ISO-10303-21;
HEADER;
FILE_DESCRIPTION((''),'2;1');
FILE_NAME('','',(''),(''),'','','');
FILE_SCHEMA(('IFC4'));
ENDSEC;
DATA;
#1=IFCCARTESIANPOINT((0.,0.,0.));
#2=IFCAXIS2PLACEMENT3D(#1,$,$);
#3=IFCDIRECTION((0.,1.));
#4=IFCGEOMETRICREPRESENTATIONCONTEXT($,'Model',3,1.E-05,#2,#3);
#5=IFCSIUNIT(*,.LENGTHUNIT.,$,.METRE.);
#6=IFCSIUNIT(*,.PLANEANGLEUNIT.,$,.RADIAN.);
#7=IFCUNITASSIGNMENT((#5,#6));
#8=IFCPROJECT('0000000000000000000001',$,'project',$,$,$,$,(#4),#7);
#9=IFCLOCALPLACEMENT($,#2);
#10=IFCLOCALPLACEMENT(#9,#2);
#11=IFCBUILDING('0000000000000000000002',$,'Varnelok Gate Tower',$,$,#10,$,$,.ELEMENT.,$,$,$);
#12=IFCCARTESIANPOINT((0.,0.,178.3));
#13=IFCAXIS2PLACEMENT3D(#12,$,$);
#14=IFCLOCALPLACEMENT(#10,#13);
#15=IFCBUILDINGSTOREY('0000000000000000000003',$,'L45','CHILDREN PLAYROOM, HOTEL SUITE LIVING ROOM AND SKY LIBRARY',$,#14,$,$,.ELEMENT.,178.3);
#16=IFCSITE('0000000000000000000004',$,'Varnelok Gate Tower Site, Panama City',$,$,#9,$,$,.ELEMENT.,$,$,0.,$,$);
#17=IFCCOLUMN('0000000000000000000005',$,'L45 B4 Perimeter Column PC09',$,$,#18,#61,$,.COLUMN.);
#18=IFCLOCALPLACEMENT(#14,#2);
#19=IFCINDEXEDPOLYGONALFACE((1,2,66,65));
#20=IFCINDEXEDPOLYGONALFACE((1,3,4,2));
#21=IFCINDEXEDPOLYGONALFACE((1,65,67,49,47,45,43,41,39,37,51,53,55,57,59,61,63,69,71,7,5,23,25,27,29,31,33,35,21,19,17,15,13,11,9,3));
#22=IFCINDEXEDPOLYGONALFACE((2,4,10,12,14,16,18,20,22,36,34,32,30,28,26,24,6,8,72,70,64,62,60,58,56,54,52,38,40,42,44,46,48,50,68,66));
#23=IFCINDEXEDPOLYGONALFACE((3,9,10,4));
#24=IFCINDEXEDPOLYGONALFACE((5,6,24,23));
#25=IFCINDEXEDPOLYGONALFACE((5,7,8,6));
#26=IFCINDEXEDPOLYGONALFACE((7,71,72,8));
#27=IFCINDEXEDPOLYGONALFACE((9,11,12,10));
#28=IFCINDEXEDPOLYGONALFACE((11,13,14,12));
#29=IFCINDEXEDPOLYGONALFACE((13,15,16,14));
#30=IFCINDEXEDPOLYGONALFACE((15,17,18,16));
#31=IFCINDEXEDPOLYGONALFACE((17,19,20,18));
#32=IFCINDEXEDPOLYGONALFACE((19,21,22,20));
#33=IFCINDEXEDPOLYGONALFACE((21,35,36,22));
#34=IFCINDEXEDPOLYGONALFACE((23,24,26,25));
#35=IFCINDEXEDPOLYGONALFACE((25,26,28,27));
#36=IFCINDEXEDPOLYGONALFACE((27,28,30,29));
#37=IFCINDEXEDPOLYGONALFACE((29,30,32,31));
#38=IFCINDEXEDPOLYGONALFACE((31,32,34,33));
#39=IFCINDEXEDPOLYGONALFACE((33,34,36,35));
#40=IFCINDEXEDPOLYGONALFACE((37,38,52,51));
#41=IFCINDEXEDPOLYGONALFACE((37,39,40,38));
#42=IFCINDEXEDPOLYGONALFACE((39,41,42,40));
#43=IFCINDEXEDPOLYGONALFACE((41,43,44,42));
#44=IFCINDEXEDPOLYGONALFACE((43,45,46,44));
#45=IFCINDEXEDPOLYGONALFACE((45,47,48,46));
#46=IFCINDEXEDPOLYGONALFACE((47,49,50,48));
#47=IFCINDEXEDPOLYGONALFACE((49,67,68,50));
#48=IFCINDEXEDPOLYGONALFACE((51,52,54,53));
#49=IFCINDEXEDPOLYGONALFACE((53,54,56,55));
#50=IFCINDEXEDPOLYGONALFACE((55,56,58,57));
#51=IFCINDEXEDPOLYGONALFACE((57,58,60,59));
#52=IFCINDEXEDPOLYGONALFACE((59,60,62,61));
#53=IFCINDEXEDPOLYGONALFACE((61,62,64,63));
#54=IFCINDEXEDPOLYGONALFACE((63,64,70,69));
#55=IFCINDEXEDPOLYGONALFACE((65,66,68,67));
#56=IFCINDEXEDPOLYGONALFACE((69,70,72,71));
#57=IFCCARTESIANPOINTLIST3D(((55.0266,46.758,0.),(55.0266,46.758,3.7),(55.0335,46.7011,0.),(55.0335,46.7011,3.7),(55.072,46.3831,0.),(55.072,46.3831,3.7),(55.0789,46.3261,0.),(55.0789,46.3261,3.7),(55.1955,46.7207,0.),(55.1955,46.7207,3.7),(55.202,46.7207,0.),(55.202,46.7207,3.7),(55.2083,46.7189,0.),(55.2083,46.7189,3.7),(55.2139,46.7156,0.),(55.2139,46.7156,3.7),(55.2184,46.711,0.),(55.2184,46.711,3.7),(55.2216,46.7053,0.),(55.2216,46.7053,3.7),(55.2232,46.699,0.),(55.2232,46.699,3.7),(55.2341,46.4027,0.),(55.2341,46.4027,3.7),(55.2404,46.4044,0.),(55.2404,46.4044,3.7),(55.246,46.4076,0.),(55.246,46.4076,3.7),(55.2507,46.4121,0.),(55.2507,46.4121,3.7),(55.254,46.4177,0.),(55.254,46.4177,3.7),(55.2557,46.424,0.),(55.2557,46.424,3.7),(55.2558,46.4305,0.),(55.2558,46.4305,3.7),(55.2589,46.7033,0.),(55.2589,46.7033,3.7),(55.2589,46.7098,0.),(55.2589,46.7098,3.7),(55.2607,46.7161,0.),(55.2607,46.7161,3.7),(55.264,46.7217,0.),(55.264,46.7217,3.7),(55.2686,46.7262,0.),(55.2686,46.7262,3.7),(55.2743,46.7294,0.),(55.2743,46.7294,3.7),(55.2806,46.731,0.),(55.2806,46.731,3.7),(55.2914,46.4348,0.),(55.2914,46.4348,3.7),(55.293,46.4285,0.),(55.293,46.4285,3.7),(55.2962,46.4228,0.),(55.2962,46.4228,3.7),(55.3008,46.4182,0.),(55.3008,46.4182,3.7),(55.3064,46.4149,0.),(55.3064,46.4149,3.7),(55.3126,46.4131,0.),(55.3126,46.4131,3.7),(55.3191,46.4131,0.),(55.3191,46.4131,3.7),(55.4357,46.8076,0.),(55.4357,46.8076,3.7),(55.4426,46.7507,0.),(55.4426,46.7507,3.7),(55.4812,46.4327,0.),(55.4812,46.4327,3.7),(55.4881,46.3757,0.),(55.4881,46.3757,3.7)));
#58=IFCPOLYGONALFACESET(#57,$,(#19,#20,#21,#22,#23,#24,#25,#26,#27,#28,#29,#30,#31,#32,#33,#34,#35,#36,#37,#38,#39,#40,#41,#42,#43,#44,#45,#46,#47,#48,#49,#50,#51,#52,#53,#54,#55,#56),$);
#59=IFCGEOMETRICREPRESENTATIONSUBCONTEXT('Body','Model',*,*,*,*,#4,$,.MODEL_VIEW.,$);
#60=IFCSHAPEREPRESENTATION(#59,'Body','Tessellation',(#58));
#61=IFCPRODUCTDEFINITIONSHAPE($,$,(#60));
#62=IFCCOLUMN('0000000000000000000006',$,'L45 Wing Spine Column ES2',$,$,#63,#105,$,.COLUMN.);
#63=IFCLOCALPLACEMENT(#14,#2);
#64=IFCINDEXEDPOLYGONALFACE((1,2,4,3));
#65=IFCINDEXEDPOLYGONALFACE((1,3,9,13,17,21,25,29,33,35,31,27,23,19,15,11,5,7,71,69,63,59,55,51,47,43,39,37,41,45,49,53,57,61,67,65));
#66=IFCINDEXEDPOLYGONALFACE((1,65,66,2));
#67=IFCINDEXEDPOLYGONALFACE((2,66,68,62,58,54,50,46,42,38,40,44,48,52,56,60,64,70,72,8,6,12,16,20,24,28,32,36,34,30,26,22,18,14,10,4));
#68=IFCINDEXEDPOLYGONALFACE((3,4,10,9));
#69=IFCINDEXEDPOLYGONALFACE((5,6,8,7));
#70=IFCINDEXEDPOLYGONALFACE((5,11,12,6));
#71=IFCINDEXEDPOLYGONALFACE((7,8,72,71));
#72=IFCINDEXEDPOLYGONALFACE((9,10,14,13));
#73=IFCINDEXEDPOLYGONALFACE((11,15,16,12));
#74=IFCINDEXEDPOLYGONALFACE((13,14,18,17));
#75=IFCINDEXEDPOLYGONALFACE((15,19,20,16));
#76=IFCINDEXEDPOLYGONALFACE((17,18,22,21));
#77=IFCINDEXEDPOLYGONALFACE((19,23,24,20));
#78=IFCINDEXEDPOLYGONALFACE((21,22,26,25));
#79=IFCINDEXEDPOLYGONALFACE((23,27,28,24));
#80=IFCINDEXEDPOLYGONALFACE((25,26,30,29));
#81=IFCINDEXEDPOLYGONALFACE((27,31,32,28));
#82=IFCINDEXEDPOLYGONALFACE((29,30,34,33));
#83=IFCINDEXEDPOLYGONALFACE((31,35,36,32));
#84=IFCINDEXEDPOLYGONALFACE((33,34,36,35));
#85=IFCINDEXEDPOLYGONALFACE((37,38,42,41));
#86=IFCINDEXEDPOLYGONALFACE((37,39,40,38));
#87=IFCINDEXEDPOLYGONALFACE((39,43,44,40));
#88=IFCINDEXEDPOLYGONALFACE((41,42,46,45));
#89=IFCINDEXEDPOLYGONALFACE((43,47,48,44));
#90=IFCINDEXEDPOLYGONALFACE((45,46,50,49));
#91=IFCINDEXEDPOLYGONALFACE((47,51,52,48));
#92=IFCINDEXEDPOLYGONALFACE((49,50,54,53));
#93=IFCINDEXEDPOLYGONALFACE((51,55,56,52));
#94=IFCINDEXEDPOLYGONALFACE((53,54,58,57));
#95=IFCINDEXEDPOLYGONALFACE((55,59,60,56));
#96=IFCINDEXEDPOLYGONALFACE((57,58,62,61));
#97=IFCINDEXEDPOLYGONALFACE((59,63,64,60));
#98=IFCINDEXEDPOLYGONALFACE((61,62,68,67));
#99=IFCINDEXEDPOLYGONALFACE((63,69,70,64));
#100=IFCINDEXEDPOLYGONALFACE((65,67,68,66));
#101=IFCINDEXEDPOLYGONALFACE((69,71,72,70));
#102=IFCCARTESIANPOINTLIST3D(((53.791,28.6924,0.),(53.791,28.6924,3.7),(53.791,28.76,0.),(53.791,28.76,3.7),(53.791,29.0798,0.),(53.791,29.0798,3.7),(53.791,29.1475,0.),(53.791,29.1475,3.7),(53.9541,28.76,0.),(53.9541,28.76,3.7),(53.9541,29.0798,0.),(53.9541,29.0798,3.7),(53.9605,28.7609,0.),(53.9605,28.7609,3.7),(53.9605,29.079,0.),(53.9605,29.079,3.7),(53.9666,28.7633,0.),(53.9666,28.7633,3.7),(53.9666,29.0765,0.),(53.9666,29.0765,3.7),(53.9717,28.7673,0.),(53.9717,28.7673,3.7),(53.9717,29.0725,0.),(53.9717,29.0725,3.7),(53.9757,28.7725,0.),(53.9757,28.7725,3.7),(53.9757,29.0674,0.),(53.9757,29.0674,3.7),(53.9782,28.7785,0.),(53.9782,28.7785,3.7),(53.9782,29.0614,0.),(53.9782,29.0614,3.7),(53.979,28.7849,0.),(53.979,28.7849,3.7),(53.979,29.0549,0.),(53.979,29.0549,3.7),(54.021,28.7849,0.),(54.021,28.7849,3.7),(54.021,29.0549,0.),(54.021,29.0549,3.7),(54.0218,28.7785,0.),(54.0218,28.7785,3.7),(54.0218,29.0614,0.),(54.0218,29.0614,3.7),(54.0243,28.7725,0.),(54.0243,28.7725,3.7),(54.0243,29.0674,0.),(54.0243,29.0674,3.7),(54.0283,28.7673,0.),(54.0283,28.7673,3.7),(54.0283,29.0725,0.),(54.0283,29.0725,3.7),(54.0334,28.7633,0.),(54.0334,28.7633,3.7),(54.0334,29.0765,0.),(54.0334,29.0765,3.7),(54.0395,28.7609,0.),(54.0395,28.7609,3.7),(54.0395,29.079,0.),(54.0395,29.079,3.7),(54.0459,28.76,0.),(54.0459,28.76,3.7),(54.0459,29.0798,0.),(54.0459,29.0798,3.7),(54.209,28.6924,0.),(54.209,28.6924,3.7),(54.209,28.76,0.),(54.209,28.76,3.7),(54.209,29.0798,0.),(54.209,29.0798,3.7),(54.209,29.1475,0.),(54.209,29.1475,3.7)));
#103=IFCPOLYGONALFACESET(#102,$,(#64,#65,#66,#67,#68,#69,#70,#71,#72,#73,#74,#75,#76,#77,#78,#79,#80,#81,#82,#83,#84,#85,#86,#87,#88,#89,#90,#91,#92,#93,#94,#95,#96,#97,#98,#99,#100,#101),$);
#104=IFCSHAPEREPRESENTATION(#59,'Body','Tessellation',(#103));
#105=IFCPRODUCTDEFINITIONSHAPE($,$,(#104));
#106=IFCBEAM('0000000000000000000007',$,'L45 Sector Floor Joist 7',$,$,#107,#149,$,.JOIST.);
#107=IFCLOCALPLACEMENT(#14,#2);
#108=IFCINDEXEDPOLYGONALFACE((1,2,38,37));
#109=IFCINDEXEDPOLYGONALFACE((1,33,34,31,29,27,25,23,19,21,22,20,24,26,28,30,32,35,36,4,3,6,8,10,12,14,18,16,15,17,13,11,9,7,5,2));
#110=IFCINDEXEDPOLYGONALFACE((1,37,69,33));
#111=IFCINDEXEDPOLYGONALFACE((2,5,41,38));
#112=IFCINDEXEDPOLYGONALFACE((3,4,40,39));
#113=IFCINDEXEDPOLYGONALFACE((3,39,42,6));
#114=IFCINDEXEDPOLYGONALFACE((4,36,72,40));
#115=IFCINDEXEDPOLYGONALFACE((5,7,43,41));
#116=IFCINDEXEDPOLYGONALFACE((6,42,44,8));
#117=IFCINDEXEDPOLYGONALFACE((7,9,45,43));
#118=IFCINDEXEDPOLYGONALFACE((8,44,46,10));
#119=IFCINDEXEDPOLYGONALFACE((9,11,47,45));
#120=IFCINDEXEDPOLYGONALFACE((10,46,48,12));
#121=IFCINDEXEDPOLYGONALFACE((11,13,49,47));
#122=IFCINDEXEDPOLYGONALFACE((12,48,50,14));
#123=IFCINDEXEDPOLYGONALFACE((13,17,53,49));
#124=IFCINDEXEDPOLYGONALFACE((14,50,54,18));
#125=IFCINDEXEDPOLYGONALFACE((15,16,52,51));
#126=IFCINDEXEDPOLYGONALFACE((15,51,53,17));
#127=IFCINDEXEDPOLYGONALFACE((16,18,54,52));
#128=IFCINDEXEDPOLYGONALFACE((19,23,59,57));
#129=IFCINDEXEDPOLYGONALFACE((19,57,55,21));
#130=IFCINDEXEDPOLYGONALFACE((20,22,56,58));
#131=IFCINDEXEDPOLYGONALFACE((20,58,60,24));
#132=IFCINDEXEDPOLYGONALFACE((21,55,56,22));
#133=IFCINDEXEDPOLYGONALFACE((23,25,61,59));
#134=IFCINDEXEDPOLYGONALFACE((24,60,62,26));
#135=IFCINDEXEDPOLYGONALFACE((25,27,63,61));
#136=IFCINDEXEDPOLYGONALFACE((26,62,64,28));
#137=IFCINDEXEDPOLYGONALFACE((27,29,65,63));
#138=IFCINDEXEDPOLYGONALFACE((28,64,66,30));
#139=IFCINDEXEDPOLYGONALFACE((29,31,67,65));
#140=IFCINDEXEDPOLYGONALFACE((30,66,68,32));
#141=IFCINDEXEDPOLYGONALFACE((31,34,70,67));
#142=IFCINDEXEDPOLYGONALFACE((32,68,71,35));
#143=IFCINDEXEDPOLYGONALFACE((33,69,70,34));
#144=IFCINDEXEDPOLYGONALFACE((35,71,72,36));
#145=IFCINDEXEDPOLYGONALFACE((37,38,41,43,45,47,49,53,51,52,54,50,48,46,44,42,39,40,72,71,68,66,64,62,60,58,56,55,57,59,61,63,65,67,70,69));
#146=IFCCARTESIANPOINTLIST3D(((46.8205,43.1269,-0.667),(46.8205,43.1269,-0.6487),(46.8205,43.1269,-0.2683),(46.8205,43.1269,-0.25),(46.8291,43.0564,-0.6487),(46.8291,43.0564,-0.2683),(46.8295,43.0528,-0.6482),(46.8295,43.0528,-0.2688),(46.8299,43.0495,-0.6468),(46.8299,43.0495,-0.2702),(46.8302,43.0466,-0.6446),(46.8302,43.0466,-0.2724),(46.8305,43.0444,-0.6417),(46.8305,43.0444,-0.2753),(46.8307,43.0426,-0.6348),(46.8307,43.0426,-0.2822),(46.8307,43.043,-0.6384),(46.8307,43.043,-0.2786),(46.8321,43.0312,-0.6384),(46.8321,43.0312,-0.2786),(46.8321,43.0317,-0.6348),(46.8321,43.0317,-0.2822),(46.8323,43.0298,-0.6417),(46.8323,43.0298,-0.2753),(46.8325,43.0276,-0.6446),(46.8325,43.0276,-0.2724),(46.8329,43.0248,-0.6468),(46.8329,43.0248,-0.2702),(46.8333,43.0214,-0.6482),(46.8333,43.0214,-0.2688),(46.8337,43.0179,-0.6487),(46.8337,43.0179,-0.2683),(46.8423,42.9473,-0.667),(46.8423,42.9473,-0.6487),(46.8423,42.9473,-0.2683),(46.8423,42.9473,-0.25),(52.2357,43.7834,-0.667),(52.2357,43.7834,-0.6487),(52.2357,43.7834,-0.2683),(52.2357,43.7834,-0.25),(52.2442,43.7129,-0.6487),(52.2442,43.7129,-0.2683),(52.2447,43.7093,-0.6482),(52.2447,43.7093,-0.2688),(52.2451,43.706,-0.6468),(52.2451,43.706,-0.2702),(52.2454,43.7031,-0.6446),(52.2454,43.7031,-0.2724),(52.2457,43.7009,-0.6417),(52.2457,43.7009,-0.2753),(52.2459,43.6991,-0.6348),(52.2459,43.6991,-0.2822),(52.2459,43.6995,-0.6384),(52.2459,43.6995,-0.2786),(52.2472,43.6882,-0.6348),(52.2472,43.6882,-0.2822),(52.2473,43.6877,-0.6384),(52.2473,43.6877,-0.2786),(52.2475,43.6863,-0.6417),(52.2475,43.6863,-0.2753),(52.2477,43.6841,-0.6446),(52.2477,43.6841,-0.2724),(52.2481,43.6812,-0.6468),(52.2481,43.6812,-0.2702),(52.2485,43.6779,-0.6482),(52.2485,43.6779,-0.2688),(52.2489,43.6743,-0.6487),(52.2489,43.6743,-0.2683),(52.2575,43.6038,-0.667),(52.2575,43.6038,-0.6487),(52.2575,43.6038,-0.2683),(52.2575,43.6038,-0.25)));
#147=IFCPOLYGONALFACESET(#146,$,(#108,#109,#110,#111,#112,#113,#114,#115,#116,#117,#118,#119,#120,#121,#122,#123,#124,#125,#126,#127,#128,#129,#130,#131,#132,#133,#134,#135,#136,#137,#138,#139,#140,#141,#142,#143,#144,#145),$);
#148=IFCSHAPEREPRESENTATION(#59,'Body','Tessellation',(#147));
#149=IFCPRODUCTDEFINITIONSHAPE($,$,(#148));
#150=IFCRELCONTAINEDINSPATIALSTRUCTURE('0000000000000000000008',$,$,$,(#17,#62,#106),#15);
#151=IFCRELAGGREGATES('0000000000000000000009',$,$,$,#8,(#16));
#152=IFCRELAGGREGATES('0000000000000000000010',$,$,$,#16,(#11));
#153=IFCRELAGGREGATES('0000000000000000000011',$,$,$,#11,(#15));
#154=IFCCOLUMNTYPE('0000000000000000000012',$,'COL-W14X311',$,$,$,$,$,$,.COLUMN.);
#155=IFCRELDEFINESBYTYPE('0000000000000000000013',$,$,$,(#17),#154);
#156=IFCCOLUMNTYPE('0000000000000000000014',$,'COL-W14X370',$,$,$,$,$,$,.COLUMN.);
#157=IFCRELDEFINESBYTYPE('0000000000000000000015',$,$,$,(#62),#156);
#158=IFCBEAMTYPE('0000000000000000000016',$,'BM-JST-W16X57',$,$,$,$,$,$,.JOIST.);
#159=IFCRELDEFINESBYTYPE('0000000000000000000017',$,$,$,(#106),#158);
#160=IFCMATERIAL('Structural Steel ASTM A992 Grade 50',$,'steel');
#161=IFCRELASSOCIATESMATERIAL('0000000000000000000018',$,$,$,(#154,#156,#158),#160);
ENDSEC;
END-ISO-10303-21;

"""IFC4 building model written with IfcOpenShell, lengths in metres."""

from ifc_helpers import new_model, si_unit, direction, frame, origin, origin_2d, place, context, subcontext, project, spatial, i_section, extrude, material, material_profile, profile_set, type_object, element, save


model = new_model("IFC4")

# Units and contexts
model_context = context("Model", 3, precision=1e-05, world=origin(), true_north=direction((0.0, 1.0)))
body_context = subcontext(model_context, "Body", "Model", "MODEL_VIEW")
ifc_project = project(units=[si_unit("LENGTHUNIT", "METRE"), si_unit("PLANEANGLEUNIT", "RADIAN")], contexts=[model_context])

# Site, building, storey
site_placement = place(None, origin())
site = spatial("IfcSite", under=ifc_project, at=site_placement, Name="Varnelok Gate Tower Site, Panama City", CompositionType="ELEMENT", RefElevation=0.0)
building_placement = place(site_placement, origin())
building = spatial("IfcBuilding", under=site, at=building_placement, Name="Varnelok Gate Tower", CompositionType="ELEMENT")
storey_placement = place(building_placement, frame((0.0, 0.0, 178.3)))
storey = spatial("IfcBuildingStorey", under=building, at=storey_placement, Name="L45", Description="CHILDREN PLAYROOM, HOTEL SUITE LIVING ROOM AND SKY LIBRARY", CompositionType="ELEMENT", Elevation=178.3)

# Columns
ifc_material_1 = material(Name="Structural Steel ASTM A992 Grade 50", Category="steel")
ifc_material_profile_1 = material_profile(ifc_material_1, i_section(OverallWidth=0.4121, OverallDepth=0.4351, WebThickness=0.0359, FlangeThickness=0.0574, FilletRadius=0.0249, at=origin_2d()), Name="W14X311")
ifc_profile_set_1 = profile_set([ifc_material_profile_1], Name="Structural Steel ASTM A992 Grade 50")
column_type_1 = type_object("IfcColumnType", Name="COL-W14X311", PredefinedType="COLUMN", material=ifc_profile_set_1)
column_1_placement = place(storey_placement, frame((55.2573, 46.5669, 0.0), z_axis=(0.0, 0.0, 1.0), x_axis=(0.992732, 0.120345, 0.0)))
element("IfcColumn", 1, at=column_1_placement, inside=storey, type_object=column_type_1, Name="L45 B4 Perimeter Column PC09", PredefinedType="COLUMN", context=body_context, shape_type="SweptSolid", body=[
    extrude(i_section(OverallWidth=0.4121, OverallDepth=0.4351, WebThickness=0.0359, FlangeThickness=0.0574, FilletRadius=0.0249, at=origin_2d()), origin(), (0.0, 0.0, 1.0), 3.7),
])
ifc_material_profile_2 = material_profile(ifc_material_1, i_section(OverallWidth=0.418, OverallDepth=0.4551, WebThickness=0.042, FlangeThickness=0.0676, FilletRadius=0.0249, at=origin_2d()), Name="W14X370")
ifc_profile_set_2 = profile_set([ifc_material_profile_2], Name="Structural Steel ASTM A992 Grade 50")
column_type_2 = type_object("IfcColumnType", Name="COL-W14X370", PredefinedType="COLUMN", material=ifc_profile_set_2)
column_2_placement = place(storey_placement, frame((54.0, 28.9199, 0.0), z_axis=(0.0, 0.0, 1.0), x_axis=(1.0, 0.0, 0.0)))
element("IfcColumn", 2, at=column_2_placement, inside=storey, type_object=column_type_2, Name="L45 Wing Spine Column ES2", PredefinedType="COLUMN", context=body_context, shape_type="SweptSolid", body=[
    extrude(i_section(OverallWidth=0.418, OverallDepth=0.4551, WebThickness=0.042, FlangeThickness=0.0676, FilletRadius=0.0249, at=origin_2d()), origin(), (0.0, 0.0, 1.0), 3.7),
])

# Beam
ifc_material_profile_3 = material_profile(ifc_material_1, i_section(OverallWidth=0.1809, OverallDepth=0.417, WebThickness=0.011, FlangeThickness=0.0183, FilletRadius=0.0139, at=origin_2d()), Name="W16X57")
ifc_profile_set_3 = profile_set([ifc_material_profile_3], Name="Structural Steel ASTM A992 Grade 50")
beam_type_1 = type_object("IfcBeamType", Name="BM-JST-W16X57", PredefinedType="JOIST", material=ifc_profile_set_3)
beam_1_placement = place(storey_placement, frame((52.2466, 43.6936, -0.4585), z_axis=(-0.992732, -0.120349, 0.0), x_axis=(0.120349, -0.992732, 0.0)))
element("IfcBeam", 3, at=beam_1_placement, inside=storey, type_object=beam_type_1, Name="L45 Sector Floor Joist 7", PredefinedType="JOIST", context=body_context, shape_type="SweptSolid", body=[
    extrude(i_section(OverallWidth=0.1809, OverallDepth=0.417, WebThickness=0.011, FlangeThickness=0.0183, FilletRadius=0.0139, at=origin_2d()), origin(), (0.0, 0.0, 1.0), 5.4548),
])

save(model, "model.ifc")
